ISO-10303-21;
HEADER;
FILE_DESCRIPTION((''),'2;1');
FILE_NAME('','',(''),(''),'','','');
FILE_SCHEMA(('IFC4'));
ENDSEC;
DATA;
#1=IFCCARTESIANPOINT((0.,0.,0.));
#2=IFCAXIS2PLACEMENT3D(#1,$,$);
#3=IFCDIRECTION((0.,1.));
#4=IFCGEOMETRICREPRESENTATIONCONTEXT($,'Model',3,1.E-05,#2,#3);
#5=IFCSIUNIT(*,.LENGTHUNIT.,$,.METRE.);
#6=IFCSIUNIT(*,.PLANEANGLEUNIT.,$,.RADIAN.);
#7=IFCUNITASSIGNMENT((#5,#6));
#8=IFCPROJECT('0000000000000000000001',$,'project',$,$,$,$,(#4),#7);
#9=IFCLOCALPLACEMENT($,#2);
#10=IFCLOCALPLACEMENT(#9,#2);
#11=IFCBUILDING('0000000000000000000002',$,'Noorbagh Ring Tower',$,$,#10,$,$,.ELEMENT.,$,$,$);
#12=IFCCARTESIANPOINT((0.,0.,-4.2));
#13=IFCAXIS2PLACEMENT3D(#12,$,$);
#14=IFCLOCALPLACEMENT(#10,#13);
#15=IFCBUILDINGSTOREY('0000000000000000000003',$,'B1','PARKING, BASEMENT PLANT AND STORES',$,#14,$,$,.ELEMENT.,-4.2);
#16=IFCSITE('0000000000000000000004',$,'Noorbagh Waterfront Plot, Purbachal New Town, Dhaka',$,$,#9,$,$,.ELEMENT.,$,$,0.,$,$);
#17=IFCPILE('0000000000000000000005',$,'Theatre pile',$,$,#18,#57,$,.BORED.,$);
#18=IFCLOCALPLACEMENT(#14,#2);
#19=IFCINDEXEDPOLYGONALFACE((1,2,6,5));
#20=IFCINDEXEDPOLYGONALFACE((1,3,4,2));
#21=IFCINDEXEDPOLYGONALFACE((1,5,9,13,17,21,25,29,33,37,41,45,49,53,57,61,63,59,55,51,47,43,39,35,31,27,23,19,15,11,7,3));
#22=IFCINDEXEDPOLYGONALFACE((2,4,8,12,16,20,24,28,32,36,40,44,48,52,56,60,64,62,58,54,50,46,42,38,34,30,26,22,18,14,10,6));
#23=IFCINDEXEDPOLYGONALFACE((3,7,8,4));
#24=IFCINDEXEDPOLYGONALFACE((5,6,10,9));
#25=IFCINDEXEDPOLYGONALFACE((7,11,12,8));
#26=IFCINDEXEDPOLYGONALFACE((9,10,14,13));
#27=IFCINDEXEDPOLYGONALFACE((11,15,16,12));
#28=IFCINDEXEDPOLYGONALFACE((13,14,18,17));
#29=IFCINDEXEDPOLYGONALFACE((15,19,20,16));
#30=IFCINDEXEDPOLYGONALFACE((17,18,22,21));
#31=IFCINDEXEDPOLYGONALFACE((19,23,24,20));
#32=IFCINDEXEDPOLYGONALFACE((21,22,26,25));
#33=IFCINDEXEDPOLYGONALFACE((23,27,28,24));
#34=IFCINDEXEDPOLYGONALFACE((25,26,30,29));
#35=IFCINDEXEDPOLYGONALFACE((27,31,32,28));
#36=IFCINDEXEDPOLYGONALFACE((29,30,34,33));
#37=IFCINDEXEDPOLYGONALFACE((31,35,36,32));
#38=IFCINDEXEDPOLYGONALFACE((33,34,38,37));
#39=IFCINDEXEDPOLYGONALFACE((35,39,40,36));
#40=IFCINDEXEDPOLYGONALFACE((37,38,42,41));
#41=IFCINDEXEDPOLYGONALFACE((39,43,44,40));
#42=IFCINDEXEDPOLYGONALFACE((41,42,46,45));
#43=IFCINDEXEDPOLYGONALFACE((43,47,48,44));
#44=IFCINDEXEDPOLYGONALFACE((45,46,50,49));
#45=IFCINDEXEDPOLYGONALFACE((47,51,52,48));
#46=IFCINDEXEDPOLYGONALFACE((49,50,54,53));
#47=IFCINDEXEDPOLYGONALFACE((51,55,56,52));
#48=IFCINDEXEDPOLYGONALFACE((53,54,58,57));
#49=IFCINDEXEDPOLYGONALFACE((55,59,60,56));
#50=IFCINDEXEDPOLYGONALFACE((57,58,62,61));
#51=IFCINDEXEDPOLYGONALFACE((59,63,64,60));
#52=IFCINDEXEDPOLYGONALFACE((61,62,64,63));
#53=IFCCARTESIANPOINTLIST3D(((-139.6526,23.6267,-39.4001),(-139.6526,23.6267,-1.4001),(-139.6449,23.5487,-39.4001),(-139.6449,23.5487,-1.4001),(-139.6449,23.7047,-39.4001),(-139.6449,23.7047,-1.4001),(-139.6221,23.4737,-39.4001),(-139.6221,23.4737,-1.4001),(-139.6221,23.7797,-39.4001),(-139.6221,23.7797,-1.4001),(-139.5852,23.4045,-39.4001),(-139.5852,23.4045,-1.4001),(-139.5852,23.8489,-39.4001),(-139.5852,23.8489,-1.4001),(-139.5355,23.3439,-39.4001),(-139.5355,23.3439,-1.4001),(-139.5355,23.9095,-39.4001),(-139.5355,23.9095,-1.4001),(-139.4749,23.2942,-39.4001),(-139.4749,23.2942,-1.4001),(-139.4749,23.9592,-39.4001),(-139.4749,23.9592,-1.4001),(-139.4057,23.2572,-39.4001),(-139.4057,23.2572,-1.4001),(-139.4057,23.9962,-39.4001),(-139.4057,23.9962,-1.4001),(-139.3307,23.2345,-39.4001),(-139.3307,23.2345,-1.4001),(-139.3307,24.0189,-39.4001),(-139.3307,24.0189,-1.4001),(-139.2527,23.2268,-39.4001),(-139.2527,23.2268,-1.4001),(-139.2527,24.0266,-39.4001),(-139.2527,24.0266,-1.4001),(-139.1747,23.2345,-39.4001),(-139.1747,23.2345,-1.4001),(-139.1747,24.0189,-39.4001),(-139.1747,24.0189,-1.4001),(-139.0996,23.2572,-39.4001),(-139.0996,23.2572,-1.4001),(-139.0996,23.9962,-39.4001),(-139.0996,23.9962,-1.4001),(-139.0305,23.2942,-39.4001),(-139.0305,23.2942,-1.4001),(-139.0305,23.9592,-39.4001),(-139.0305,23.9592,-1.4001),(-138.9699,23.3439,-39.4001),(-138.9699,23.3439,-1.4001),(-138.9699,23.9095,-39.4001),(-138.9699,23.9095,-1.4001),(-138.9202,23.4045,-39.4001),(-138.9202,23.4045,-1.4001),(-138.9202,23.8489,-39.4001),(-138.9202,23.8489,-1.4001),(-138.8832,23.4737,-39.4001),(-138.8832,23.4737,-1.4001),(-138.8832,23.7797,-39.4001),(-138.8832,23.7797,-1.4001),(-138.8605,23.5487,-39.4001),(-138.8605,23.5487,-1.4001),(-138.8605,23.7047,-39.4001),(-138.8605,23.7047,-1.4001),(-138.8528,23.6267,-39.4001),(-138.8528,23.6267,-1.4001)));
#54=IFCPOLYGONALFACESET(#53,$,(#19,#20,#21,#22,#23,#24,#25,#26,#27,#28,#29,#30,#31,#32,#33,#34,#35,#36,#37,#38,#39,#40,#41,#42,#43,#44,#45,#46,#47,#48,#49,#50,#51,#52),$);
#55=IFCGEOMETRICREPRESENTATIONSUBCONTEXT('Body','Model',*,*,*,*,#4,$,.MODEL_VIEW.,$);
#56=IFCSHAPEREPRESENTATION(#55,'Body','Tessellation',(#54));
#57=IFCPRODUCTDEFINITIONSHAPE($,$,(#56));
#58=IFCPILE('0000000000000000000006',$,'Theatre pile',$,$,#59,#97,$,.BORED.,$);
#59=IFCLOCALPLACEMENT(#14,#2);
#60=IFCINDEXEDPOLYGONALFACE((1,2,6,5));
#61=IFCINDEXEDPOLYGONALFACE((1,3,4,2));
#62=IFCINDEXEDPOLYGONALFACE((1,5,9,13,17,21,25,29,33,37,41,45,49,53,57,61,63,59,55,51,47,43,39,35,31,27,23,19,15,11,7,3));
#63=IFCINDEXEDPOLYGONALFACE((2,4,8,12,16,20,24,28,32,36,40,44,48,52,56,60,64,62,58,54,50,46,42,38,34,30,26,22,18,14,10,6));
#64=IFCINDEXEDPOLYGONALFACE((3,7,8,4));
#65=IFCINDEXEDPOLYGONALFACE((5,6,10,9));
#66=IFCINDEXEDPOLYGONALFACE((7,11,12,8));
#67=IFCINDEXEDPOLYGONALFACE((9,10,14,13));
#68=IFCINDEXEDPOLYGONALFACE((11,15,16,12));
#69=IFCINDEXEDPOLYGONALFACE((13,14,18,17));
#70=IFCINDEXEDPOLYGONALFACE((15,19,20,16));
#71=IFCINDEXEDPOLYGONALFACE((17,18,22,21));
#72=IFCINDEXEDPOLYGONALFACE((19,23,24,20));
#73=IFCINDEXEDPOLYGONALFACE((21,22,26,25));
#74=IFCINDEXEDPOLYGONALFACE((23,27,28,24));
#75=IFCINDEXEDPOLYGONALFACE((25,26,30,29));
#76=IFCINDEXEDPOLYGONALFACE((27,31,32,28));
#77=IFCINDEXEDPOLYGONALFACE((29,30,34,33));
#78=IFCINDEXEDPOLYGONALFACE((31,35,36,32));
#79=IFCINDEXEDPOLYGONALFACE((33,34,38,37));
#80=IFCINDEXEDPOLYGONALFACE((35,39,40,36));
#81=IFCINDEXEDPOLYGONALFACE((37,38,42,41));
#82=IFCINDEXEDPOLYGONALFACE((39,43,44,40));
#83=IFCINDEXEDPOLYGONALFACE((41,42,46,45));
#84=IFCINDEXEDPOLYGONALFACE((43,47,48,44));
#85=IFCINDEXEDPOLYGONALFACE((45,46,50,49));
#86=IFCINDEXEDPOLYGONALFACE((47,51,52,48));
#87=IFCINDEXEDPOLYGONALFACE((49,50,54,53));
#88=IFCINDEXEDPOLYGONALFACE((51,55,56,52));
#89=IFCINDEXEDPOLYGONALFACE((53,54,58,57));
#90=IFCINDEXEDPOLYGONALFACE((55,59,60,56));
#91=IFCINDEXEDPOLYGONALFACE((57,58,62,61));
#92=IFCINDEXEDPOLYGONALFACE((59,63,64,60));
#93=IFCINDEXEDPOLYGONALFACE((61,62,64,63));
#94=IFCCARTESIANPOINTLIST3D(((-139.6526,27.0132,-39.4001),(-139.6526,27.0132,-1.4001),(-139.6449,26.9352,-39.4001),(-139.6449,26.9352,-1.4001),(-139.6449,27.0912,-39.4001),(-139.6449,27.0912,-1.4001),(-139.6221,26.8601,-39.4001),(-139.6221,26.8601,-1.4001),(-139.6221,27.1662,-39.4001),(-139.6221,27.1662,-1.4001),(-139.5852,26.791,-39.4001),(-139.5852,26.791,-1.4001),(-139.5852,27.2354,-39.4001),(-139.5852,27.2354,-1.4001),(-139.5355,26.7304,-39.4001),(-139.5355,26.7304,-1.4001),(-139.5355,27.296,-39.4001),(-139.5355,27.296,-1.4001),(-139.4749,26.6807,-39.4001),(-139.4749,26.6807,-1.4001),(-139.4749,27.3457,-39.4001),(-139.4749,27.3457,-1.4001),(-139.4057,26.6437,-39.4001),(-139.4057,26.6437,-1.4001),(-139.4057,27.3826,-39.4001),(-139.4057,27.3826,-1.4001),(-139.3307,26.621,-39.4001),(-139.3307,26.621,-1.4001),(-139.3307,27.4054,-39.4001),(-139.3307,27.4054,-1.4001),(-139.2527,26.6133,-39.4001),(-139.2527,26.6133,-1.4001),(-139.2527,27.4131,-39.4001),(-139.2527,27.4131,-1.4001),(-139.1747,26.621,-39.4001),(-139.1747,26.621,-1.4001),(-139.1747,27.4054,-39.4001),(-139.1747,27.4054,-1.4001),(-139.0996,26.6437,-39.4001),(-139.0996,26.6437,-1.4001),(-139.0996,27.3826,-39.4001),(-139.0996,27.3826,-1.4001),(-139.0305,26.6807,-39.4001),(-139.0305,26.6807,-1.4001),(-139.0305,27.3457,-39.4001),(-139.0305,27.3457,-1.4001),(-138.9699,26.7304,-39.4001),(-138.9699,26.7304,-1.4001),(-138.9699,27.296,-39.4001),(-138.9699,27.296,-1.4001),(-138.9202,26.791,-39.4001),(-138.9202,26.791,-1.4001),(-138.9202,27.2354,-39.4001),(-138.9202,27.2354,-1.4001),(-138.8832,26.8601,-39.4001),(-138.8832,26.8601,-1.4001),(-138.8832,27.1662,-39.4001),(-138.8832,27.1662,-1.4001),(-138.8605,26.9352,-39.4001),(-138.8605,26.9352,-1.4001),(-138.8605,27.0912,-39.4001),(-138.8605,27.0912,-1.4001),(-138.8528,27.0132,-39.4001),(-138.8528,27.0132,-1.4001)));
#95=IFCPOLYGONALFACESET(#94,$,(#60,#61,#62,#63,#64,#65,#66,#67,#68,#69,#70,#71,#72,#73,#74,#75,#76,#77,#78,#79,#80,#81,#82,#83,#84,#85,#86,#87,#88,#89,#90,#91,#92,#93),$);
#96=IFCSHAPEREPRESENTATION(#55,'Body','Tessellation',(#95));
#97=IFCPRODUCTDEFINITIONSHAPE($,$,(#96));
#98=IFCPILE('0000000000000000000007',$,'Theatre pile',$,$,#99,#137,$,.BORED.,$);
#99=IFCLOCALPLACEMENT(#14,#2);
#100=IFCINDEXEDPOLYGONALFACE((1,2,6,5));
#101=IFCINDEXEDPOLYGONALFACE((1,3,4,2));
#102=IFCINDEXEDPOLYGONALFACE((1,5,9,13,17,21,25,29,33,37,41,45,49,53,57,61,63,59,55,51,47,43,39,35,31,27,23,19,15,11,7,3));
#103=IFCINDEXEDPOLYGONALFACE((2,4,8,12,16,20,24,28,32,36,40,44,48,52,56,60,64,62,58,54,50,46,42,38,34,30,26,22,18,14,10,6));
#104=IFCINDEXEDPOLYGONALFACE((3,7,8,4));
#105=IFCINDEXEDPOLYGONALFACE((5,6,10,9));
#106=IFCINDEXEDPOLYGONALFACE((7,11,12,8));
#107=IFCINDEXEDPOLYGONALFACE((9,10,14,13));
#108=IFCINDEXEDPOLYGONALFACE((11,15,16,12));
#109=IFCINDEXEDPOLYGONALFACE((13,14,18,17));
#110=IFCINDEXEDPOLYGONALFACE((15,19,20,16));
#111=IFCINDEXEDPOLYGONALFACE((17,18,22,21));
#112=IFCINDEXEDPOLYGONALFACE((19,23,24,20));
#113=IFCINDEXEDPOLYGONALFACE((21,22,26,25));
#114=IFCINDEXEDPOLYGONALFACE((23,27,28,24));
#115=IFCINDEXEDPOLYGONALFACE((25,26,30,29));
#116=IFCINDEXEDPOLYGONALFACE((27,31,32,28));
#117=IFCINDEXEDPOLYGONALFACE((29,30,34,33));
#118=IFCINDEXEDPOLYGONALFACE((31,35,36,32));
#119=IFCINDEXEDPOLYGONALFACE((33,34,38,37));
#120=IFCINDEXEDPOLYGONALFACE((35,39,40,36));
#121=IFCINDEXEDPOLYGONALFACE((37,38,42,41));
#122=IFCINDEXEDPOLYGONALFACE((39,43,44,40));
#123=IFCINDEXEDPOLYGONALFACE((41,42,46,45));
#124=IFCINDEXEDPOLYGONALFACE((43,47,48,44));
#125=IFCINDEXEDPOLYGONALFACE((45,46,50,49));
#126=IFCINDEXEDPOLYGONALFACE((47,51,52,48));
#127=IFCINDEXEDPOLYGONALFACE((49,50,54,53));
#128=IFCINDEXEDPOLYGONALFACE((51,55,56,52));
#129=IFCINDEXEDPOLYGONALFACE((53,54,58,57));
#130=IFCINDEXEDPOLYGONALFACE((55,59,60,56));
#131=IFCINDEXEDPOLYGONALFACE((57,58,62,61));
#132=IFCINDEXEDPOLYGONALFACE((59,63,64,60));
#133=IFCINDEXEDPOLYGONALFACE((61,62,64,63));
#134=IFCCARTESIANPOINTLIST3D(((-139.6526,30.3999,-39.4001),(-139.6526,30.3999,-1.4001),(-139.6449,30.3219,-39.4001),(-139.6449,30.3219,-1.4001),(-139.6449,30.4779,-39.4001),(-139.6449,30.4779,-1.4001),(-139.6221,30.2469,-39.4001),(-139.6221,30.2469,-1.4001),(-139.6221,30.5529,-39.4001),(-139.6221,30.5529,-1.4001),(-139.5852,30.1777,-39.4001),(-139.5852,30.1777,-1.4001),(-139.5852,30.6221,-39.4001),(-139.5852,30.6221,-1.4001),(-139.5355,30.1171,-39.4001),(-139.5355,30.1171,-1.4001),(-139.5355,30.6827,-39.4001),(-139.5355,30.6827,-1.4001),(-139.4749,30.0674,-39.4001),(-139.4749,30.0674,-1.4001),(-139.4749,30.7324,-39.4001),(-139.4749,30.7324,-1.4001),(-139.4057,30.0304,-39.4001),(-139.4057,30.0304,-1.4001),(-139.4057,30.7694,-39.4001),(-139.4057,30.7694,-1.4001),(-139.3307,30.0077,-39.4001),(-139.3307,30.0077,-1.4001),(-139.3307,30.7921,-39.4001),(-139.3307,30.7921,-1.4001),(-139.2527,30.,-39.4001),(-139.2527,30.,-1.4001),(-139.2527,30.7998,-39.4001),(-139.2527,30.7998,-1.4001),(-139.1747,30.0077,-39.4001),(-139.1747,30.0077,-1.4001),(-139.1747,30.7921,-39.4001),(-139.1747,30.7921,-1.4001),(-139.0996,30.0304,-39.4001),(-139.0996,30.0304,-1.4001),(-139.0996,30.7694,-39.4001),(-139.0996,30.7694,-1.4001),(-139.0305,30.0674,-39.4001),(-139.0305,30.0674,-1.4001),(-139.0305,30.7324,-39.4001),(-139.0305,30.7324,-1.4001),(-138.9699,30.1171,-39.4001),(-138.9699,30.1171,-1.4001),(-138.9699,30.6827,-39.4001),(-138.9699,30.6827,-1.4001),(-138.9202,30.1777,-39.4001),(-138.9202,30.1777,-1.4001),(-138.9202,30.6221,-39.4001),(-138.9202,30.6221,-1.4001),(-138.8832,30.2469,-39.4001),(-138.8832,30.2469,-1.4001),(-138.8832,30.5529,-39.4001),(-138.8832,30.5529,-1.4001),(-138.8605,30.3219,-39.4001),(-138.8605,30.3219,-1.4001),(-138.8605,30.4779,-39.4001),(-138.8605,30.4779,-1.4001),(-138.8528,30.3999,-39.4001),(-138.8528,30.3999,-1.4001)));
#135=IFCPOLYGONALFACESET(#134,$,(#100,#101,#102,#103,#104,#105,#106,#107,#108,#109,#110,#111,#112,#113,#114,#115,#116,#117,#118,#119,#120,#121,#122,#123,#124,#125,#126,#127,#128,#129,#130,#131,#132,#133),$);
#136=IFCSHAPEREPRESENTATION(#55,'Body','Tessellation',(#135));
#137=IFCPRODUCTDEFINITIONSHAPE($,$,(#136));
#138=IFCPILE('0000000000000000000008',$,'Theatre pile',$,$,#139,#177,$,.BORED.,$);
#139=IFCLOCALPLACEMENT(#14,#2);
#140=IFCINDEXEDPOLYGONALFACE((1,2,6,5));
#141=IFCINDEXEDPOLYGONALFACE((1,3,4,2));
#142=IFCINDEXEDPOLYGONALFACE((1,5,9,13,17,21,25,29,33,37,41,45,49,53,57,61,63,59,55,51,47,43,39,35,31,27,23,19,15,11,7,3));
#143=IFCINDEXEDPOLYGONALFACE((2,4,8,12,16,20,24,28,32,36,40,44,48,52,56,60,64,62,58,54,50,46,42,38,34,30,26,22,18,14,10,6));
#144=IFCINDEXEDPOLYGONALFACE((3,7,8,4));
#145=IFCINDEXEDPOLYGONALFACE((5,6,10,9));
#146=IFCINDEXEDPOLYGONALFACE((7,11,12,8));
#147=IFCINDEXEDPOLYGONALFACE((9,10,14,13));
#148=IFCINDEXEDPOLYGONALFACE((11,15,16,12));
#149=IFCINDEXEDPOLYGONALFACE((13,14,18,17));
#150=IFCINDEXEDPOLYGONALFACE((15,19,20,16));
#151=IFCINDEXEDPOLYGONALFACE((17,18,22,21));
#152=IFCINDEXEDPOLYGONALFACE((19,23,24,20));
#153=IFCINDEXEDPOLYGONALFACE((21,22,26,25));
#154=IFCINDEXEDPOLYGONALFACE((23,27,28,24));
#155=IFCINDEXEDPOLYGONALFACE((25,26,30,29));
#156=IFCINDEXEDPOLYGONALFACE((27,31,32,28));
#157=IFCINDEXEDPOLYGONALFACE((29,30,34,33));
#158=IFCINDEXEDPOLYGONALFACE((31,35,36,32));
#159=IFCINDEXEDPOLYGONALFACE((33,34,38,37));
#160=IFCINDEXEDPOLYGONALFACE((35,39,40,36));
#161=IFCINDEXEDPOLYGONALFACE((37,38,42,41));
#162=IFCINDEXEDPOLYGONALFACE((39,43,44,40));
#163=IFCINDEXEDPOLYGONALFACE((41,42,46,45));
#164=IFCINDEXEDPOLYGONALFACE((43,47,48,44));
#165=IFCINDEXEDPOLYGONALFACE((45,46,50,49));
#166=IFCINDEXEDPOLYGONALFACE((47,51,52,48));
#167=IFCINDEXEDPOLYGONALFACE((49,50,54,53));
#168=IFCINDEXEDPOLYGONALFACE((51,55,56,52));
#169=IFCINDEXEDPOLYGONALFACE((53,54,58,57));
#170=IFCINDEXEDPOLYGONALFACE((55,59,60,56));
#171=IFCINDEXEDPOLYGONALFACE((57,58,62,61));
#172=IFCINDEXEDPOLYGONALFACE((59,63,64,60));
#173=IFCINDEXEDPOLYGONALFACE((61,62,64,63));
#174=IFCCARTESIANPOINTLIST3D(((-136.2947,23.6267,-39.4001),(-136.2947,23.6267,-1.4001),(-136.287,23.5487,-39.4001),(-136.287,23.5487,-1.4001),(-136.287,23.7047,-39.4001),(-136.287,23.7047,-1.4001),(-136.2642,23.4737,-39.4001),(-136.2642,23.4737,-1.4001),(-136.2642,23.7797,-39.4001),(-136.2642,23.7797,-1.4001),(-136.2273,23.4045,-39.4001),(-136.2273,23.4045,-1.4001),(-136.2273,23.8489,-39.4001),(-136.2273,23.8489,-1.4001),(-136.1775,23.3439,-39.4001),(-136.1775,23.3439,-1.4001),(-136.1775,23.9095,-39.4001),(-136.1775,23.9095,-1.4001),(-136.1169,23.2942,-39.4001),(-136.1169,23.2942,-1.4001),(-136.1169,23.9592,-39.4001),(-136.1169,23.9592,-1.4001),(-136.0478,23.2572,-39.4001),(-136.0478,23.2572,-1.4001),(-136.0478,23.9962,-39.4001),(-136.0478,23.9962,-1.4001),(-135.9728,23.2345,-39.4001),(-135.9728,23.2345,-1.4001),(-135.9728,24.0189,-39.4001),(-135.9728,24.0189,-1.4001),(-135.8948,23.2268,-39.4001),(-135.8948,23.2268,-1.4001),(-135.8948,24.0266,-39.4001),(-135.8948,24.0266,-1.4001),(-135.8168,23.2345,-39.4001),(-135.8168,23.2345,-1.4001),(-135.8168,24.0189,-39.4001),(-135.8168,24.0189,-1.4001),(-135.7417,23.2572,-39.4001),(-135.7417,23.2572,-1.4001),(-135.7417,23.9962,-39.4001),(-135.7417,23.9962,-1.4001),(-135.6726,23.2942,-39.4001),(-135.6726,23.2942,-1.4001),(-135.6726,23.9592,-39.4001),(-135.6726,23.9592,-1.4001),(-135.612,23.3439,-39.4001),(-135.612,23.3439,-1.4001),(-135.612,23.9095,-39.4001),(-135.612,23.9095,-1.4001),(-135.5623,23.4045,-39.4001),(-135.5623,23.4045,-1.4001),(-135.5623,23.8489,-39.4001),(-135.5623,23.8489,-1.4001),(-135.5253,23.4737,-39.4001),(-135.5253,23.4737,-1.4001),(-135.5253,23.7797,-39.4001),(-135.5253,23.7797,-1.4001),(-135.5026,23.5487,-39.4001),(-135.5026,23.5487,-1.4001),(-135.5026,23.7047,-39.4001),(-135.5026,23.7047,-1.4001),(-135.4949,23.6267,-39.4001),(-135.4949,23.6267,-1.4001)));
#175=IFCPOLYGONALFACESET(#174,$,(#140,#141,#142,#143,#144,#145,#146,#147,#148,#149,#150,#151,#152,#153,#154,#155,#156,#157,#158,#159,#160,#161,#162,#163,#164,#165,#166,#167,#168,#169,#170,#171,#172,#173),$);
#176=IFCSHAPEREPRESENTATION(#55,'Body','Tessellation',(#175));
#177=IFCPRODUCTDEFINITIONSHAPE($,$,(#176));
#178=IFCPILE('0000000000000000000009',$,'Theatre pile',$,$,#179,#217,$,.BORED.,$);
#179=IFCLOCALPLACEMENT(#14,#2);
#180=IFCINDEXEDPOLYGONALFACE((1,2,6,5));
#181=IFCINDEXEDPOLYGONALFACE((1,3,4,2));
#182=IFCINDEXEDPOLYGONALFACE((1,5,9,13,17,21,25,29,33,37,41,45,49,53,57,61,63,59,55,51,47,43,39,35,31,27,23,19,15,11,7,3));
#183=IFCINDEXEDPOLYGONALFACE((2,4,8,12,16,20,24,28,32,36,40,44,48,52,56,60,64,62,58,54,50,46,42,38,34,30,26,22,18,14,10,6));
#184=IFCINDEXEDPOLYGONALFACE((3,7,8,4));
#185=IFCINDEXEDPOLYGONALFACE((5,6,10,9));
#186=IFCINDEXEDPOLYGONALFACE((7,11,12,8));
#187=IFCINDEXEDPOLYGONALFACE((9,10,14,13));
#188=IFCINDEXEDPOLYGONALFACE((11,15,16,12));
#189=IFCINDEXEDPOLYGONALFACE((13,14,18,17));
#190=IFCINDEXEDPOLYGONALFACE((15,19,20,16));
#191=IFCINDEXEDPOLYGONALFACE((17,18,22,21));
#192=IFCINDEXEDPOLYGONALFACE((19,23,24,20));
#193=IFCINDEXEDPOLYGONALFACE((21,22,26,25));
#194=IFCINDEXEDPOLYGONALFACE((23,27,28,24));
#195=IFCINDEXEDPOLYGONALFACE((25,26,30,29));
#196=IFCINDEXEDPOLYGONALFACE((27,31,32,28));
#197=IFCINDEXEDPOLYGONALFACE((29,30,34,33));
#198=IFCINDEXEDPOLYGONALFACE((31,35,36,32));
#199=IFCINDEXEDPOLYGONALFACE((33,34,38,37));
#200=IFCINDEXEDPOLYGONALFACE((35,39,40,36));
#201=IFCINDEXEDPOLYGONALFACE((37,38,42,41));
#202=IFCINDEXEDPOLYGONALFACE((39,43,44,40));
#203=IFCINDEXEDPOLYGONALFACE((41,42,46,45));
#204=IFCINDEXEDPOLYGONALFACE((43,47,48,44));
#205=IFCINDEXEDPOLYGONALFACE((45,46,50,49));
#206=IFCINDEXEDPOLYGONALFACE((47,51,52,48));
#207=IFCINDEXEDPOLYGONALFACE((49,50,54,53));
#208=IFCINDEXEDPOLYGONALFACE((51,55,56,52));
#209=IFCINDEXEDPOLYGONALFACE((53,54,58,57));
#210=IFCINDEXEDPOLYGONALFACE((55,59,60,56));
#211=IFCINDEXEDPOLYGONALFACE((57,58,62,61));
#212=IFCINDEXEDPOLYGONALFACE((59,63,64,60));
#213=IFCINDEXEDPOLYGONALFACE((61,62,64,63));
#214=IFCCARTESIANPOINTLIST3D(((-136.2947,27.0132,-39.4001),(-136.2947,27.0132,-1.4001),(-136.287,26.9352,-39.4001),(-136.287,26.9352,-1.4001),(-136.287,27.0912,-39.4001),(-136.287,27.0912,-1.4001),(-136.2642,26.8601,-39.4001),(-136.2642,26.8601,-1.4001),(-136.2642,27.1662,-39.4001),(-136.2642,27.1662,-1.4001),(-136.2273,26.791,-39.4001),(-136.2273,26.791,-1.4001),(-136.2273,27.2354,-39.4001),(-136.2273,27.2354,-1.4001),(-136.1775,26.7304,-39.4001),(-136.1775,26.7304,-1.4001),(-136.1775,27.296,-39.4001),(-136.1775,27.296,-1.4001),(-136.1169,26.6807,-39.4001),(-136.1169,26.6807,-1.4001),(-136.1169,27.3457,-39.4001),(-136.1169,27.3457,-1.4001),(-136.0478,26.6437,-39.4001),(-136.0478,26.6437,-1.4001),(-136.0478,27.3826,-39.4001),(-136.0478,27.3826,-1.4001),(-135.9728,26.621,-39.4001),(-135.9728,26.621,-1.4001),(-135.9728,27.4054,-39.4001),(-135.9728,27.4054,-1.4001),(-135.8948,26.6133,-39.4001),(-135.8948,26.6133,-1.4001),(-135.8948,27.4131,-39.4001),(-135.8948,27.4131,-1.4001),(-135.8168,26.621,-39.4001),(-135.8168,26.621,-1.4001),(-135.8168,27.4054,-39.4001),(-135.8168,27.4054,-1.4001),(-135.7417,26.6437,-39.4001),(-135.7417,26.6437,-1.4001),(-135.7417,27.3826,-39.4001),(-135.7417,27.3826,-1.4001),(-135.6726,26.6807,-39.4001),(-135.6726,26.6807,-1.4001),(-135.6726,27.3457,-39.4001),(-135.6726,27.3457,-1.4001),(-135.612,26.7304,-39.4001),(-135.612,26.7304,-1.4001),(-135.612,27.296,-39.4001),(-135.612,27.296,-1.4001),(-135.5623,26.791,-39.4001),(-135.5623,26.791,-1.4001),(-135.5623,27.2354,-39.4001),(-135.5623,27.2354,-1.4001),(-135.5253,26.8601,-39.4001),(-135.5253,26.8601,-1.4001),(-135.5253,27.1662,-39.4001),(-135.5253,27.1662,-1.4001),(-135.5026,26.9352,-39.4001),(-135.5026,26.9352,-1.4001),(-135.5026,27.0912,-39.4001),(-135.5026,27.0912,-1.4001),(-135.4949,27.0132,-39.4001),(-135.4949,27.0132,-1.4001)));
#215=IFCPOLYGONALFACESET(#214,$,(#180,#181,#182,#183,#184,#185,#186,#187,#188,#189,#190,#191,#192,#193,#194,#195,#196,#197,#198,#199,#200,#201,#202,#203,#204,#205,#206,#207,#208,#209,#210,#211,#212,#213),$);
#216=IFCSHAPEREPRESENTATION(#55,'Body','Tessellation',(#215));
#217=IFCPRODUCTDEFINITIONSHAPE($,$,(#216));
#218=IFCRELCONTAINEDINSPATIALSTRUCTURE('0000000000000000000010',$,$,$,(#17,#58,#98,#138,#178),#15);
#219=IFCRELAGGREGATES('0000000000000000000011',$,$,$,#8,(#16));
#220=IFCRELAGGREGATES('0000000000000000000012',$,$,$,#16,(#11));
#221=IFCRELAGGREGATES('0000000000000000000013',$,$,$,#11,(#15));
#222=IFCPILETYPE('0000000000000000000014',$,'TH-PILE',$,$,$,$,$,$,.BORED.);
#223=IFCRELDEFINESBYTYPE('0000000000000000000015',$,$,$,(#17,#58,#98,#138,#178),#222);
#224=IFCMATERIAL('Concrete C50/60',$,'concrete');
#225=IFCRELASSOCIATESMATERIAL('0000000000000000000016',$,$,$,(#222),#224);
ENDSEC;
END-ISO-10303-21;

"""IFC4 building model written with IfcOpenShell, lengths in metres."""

from ifc_helpers import new_model, si_unit, direction, frame, origin, origin_2d, place, context, subcontext, project, spatial, circle, extrude, material, material_profile, profile_set, type_object, element, save


model = new_model("IFC4")

# Units and contexts
model_context = context("Model", 3, precision=1e-05, world=origin(), true_north=direction((0.0, 1.0)))
body_context = subcontext(model_context, "Body", "Model", "MODEL_VIEW")
ifc_project = project(units=[si_unit("LENGTHUNIT", "METRE"), si_unit("PLANEANGLEUNIT", "RADIAN")], contexts=[model_context])

# Site, building, storey
site_placement = place(None, origin())
site = spatial("IfcSite", under=ifc_project, at=site_placement, Name="Noorbagh Waterfront Plot, Purbachal New Town, Dhaka", CompositionType="ELEMENT", RefElevation=0.0)
building_placement = place(site_placement, origin())
building = spatial("IfcBuilding", under=site, at=building_placement, Name="Noorbagh Ring Tower", CompositionType="ELEMENT")
storey_placement = place(building_placement, frame((0.0, 0.0, -4.2)))
storey = spatial("IfcBuildingStorey", under=building, at=storey_placement, Name="B1", Description="PARKING, BASEMENT PLANT AND STORES", CompositionType="ELEMENT", Elevation=-4.2)

# Piles
ifc_material_1 = material(Name="Concrete C50/60", Category="concrete")
ifc_material_profile_1 = material_profile(ifc_material_1, circle(Radius=0.3999, at=origin_2d()), Name="PILE800")
ifc_profile_set_1 = profile_set([ifc_material_profile_1], Name="Concrete C50/60")
pile_type = type_object("IfcPileType", Name="TH-PILE", PredefinedType="BORED", material=ifc_profile_set_1)
for number, where, z_axis, x_axis, name in (
    (1, (-139.2527, 23.6267, -1.4001), (0.0, 0.0, -1.0), (1.0, 0.0, 0.0), "Theatre pile"),
    (2, (-139.2527, 27.0132, -1.4001), (0.0, 0.0, -1.0), (1.0, 0.0, 0.0), "Theatre pile"),
    (3, (-139.2527, 30.3999, -1.4001), (0.0, 0.0, -1.0), (1.0, 0.0, 0.0), "Theatre pile"),
    (4, (-135.8948, 23.6267, -1.4001), (0.0, 0.0, -1.0), (1.0, 0.0, 0.0), "Theatre pile"),
    (5, (-135.8948, 27.0132, -1.4001), (0.0, 0.0, -1.0), (1.0, 0.0, 0.0), "Theatre pile"),
):
    element("IfcPile", number, at=place(storey_placement, frame(where, z_axis=z_axis, x_axis=x_axis)), inside=storey, type_object=pile_type, Name=name, PredefinedType="BORED", context=body_context, shape_type="SweptSolid", body=[
        extrude(circle(Radius=0.3999, at=origin_2d()), origin(), (0.0, 0.0, 1.0), 38.0),
    ])

save(model, "model.ifc")
